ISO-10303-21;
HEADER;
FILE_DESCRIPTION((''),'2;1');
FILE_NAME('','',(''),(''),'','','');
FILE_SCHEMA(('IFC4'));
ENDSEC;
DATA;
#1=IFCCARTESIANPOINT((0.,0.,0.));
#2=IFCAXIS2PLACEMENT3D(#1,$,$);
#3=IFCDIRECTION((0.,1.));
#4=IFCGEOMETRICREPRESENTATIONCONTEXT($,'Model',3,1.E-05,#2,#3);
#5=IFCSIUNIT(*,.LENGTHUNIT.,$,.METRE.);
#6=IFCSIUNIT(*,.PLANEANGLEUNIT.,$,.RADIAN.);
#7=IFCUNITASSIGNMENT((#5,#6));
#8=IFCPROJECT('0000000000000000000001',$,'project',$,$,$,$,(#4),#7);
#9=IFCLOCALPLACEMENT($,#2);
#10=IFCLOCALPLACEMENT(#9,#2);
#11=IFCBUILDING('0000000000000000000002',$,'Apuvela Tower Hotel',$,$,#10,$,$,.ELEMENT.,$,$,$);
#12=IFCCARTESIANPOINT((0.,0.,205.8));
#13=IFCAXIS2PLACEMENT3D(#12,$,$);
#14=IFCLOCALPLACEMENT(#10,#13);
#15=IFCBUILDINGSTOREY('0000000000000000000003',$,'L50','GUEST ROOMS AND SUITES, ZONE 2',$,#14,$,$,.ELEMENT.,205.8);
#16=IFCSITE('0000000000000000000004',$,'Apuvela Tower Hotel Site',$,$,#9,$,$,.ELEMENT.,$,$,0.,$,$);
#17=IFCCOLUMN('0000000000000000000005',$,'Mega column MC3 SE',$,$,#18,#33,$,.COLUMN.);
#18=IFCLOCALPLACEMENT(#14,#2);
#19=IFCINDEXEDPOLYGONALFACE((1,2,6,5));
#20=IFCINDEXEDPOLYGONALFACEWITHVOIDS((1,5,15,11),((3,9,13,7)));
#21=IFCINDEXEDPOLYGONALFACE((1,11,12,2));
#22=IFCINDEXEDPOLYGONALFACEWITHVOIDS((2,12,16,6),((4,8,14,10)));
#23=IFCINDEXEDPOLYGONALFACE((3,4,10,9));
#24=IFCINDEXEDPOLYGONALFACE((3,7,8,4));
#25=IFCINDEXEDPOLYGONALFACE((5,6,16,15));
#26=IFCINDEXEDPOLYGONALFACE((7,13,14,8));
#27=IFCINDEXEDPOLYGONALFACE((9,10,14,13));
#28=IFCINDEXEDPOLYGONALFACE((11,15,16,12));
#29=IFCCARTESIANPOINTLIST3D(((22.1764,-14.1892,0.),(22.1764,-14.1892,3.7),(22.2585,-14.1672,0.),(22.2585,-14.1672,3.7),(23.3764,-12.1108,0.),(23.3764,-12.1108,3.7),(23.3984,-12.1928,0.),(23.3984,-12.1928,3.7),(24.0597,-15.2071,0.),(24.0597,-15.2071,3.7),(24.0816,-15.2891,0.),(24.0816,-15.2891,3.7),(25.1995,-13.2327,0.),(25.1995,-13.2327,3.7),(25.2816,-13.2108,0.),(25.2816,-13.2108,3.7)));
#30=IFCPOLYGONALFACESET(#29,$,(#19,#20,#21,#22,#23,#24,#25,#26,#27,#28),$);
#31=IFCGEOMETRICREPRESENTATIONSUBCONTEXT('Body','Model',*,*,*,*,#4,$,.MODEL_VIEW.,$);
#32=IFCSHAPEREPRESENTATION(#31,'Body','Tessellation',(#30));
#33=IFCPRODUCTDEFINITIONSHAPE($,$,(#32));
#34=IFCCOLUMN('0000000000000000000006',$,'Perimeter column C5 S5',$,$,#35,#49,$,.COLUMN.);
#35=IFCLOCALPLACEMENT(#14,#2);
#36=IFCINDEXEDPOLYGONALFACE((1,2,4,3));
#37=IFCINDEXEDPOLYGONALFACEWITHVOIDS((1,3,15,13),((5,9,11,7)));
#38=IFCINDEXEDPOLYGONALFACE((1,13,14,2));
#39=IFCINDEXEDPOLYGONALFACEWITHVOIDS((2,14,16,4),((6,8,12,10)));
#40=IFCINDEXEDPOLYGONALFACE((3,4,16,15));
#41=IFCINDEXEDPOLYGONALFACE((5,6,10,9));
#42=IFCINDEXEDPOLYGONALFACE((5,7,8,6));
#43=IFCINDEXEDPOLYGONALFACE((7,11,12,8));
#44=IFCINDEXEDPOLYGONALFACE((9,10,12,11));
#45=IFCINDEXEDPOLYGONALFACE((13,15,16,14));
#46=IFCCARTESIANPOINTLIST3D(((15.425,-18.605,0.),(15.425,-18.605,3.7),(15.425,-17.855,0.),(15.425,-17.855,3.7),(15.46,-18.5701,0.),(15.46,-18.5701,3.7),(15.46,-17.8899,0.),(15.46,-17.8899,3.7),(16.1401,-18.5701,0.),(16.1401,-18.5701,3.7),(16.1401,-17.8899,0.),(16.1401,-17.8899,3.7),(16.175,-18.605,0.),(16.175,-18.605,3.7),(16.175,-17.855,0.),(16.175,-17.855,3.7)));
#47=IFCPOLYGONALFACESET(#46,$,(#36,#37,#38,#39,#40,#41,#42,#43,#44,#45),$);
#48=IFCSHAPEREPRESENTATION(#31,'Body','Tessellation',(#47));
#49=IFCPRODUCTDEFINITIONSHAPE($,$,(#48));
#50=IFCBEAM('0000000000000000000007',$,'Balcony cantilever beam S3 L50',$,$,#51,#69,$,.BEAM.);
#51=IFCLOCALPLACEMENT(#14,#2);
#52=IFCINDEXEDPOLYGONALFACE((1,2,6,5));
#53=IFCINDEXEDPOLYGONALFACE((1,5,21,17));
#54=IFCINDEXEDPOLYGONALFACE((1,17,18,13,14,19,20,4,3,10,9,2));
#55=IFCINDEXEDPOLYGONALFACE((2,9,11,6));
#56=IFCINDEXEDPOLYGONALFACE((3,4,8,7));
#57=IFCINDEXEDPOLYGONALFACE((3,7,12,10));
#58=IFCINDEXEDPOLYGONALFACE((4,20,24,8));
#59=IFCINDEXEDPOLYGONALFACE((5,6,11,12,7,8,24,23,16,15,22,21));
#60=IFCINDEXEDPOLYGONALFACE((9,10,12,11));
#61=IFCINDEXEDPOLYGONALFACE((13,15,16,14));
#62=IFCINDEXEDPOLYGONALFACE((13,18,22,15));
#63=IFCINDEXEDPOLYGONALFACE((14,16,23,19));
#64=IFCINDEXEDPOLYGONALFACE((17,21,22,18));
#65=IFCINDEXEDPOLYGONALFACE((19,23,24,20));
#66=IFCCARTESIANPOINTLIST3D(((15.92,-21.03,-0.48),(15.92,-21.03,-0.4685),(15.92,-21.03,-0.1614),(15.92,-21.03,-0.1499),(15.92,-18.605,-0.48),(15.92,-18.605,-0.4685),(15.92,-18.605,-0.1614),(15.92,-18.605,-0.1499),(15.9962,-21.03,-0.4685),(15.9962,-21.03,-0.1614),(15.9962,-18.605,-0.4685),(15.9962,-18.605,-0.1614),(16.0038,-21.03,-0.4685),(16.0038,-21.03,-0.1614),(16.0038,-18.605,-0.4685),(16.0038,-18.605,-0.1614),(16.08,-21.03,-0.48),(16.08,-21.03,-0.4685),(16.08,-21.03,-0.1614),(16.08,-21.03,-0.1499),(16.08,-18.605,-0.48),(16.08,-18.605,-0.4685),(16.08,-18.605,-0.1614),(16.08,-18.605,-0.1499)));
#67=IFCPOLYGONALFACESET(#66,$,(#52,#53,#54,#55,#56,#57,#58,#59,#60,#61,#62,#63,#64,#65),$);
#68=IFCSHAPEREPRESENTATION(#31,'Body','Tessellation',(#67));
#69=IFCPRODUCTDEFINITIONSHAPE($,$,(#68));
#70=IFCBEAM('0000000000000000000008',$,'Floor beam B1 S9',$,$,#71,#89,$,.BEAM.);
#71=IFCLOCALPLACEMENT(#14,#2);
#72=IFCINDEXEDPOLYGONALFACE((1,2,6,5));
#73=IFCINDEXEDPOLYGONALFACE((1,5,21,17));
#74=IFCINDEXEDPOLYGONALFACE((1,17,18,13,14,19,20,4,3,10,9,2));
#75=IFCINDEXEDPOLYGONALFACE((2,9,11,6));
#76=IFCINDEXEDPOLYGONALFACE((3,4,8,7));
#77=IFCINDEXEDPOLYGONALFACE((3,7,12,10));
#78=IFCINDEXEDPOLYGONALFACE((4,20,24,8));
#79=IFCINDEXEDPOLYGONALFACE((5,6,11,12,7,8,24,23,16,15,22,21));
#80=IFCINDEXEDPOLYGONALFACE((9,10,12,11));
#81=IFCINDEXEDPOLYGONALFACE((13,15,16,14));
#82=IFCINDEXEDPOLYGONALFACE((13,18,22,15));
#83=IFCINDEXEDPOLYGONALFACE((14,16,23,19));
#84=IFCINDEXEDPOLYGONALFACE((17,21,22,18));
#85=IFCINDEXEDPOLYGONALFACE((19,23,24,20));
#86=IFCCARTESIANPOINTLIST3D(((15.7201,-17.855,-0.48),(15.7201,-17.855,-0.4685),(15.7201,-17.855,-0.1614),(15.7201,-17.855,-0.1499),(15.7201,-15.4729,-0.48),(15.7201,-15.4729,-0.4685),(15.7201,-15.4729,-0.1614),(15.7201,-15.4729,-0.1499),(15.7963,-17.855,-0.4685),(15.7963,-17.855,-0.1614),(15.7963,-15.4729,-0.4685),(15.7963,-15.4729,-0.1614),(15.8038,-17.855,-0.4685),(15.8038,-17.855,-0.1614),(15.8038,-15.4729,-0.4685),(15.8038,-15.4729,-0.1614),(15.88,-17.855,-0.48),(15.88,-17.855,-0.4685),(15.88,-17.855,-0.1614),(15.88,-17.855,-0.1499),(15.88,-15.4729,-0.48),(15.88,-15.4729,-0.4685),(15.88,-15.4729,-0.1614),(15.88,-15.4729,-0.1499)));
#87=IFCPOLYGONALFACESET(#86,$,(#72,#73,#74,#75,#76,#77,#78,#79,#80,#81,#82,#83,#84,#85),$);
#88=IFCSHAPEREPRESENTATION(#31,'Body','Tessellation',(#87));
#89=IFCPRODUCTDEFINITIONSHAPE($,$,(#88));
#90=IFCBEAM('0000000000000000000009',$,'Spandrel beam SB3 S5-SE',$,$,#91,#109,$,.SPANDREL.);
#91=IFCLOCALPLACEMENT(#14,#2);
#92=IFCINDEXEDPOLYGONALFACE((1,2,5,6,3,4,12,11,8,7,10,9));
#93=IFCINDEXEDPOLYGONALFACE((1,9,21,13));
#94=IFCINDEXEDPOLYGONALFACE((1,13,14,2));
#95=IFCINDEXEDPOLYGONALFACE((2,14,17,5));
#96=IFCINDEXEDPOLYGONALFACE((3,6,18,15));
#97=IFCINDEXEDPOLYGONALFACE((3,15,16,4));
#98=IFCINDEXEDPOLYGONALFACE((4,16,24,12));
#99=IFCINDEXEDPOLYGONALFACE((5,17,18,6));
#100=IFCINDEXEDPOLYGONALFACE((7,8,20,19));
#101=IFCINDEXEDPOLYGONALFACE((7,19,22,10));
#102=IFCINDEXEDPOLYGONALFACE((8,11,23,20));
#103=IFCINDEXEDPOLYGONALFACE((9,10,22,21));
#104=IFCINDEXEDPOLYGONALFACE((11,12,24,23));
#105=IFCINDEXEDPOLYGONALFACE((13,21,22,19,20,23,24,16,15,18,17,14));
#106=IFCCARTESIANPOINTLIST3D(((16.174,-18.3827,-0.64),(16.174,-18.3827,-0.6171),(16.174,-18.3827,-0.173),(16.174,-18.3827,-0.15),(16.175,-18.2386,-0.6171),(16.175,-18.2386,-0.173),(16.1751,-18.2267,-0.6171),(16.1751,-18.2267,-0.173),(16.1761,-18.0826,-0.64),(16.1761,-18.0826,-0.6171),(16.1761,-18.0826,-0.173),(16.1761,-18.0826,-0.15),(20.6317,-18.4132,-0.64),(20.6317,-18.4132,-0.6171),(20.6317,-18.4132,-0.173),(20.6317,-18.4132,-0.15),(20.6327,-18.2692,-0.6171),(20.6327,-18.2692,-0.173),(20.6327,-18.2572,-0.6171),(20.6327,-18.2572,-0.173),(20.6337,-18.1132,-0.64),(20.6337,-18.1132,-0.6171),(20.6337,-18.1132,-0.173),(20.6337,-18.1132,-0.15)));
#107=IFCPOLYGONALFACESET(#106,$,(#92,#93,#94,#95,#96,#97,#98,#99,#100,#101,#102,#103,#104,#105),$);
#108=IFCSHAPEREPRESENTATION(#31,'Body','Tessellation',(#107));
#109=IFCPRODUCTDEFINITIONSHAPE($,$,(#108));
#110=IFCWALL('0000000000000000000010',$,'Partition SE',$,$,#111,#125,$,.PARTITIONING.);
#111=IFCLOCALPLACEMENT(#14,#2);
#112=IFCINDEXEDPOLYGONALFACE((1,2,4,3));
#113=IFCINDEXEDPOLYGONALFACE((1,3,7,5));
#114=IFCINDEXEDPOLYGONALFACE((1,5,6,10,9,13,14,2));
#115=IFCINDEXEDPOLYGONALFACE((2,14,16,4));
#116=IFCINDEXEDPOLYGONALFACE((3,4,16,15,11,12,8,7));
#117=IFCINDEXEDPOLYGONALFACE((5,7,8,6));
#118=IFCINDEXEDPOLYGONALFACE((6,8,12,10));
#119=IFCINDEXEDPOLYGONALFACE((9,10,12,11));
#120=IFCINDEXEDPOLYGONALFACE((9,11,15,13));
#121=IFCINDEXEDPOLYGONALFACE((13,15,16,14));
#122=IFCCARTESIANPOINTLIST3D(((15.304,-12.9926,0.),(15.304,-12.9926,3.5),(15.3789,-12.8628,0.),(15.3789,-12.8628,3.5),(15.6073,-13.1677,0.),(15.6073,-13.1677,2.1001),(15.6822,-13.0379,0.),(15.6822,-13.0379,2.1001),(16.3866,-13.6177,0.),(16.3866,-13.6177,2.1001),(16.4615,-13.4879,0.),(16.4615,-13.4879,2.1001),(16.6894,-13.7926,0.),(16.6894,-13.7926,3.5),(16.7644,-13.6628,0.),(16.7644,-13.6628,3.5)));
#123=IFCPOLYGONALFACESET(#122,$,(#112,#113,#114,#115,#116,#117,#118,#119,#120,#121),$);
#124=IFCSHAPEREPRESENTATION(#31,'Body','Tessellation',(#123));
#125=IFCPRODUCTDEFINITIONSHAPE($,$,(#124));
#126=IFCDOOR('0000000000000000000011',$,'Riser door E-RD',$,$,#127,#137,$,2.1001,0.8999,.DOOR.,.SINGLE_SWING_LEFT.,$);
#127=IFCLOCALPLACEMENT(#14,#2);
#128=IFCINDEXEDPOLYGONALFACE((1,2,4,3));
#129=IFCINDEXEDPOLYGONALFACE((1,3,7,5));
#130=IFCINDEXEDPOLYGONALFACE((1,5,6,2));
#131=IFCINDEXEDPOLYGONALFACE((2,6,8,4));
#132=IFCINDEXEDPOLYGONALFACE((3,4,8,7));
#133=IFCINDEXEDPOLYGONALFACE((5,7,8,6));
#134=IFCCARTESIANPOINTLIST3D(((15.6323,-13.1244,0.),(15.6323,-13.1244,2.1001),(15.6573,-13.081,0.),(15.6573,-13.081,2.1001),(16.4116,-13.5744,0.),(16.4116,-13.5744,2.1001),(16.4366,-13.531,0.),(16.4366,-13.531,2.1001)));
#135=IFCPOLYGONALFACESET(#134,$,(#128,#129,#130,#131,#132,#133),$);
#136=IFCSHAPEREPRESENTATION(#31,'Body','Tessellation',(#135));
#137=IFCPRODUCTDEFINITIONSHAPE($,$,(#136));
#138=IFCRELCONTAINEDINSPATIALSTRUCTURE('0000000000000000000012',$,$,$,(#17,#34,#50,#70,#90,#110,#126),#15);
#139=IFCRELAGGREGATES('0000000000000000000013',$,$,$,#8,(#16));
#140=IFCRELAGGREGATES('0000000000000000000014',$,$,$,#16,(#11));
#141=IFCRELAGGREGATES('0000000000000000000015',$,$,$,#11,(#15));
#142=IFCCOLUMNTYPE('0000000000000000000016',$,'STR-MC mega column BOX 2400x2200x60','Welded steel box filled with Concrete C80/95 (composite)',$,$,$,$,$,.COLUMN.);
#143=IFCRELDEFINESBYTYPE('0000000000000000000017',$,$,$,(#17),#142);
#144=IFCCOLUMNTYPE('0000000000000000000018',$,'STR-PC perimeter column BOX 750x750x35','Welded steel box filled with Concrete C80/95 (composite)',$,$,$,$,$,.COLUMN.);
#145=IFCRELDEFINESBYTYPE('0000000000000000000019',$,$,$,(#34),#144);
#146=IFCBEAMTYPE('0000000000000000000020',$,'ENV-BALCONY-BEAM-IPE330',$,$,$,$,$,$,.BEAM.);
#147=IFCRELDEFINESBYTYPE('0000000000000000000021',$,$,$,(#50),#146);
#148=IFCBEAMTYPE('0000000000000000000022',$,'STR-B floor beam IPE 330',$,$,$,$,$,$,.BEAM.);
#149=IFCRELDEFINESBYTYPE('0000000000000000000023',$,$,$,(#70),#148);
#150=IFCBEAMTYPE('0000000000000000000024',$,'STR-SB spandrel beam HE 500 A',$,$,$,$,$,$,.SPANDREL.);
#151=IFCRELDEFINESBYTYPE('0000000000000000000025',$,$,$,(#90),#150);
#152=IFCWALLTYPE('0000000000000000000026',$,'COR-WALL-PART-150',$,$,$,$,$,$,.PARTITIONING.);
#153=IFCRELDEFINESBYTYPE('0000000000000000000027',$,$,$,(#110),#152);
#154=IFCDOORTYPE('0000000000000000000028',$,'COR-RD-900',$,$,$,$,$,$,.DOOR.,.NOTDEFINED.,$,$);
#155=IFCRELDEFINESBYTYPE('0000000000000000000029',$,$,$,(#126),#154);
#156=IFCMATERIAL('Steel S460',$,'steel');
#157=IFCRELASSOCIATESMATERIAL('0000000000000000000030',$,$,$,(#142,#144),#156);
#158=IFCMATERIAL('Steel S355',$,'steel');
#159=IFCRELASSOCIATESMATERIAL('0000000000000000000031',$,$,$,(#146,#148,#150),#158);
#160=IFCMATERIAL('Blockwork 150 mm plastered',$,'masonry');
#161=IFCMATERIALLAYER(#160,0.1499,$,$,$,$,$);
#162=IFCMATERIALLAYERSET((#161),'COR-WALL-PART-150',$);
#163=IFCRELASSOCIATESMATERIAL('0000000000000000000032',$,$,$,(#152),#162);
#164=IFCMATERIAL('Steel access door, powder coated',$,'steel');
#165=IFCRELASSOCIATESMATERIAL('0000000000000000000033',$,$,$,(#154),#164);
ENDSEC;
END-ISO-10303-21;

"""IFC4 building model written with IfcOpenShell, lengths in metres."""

from ifc_helpers import new_model, si_unit, direction, frame, frame_2d, origin, origin_2d, place, context, subcontext, project, spatial, rectangle, hollow_rectangle, i_section, extrude, material, layer, layer_set, material_profile, profile_set, type_object, element, fill, save


model = new_model("IFC4")

# Units and contexts
model_context = context("Model", 3, precision=1e-05, world=origin(), true_north=direction((0.0, 1.0)))
body_context = subcontext(model_context, "Body", "Model", "MODEL_VIEW")
ifc_project = project(units=[si_unit("LENGTHUNIT", "METRE"), si_unit("PLANEANGLEUNIT", "RADIAN")], contexts=[model_context])

# Site, building, storey
site_placement = place(None, origin())
site = spatial("IfcSite", under=ifc_project, at=site_placement, Name="Apuvela Tower Hotel Site", CompositionType="ELEMENT", RefElevation=0.0)
building_placement = place(site_placement, origin())
building = spatial("IfcBuilding", under=site, at=building_placement, Name="Apuvela Tower Hotel", CompositionType="ELEMENT")
storey_placement = place(building_placement, frame((0.0, 0.0, 205.8)))
storey = spatial("IfcBuildingStorey", under=building, at=storey_placement, Name="L50", Description="GUEST ROOMS AND SUITES, ZONE 2", CompositionType="ELEMENT", Elevation=205.8)

# Columns
ifc_material_1 = material(Name="Steel S460", Category="steel")
ifc_material_profile_1 = material_profile(ifc_material_1, hollow_rectangle(XDim=2.3999, YDim=2.2, WallThickness=0.0601, at=origin_2d()), Name="BOX 2400x2200x60")
ifc_material_2 = material(Name="Concrete C80/95", Category="concrete")
ifc_material_profile_2 = material_profile(ifc_material_2, rectangle(XDim=2.28, YDim=2.0801, at=origin_2d()), Name="Concrete C80/95 infill")
ifc_profile_set_1 = profile_set([ifc_material_profile_1, ifc_material_profile_2], Name="Steel S460")
column_type_1 = type_object("IfcColumnType", Name="STR-MC mega column BOX 2400x2200x60", Description="Welded steel box filled with Concrete C80/95 (composite)", PredefinedType="COLUMN", material=ifc_profile_set_1)
column_1_placement = place(storey_placement, frame((23.729, -13.7, 0.0), z_axis=(0.0, 0.0, 1.0), x_axis=(0.5, 0.866025, 0.0)))
element("IfcColumn", 1, at=column_1_placement, inside=storey, type_object=column_type_1, Name="Mega column MC3 SE", PredefinedType="COLUMN", context=body_context, shape_type="SweptSolid", body=[
    extrude(hollow_rectangle(XDim=2.3999, YDim=2.2, WallThickness=0.0601, at=origin_2d()), origin(), (0.0, 0.0, 1.0), 3.7),
])
ifc_material_profile_3 = material_profile(ifc_material_1, hollow_rectangle(XDim=0.75, YDim=0.75, WallThickness=0.0349, at=origin_2d()), Name="BOX 750x750x35")
ifc_material_profile_4 = material_profile(ifc_material_2, rectangle(XDim=0.6799, YDim=0.6799, at=origin_2d()), Name="Concrete C80/95 infill")
ifc_profile_set_2 = profile_set([ifc_material_profile_3, ifc_material_profile_4], Name="Steel S460")
column_type_2 = type_object("IfcColumnType", Name="STR-PC perimeter column BOX 750x750x35", Description="Welded steel box filled with Concrete C80/95 (composite)", PredefinedType="COLUMN", material=ifc_profile_set_2)
column_2_placement = place(storey_placement, frame((15.8, -18.23, 0.0), z_axis=(0.0, 0.0, 1.0), x_axis=(-1.0, 0.0, 0.0)))
element("IfcColumn", 2, at=column_2_placement, inside=storey, type_object=column_type_2, Name="Perimeter column C5 S5", PredefinedType="COLUMN", context=body_context, shape_type="SweptSolid", body=[
    extrude(hollow_rectangle(XDim=0.75, YDim=0.75, WallThickness=0.0349, at=origin_2d()), origin(), (0.0, 0.0, 1.0), 3.7),
])

# Beams
ifc_material_3 = material(Name="Steel S355", Category="steel")
ifc_material_profile_5 = material_profile(ifc_material_3, i_section(OverallWidth=0.1599, OverallDepth=0.3301, WebThickness=0.0076, FlangeThickness=0.0115, at=origin_2d()), Name="IPE 330")
ifc_profile_set_3 = profile_set([ifc_material_profile_5], Name="Steel S355")
beam_type_1 = type_object("IfcBeamType", Name="ENV-BALCONY-BEAM-IPE330", PredefinedType="BEAM", material=ifc_profile_set_3)
beam_1_placement = place(storey_placement, frame((16.0, -18.605, -0.3149), z_axis=(0.0, -1.0, 0.0), x_axis=(1.0, 0.0, 0.0)))
element("IfcBeam", 3, at=beam_1_placement, inside=storey, type_object=beam_type_1, Name="Balcony cantilever beam S3 L50", PredefinedType="BEAM", context=body_context, shape_type="SweptSolid", body=[
    extrude(i_section(OverallWidth=0.1599, OverallDepth=0.3301, WebThickness=0.0076, FlangeThickness=0.0115, at=origin_2d()), origin(), (0.0, 0.0, 1.0), 2.425),
])
ifc_material_profile_6 = material_profile(ifc_material_3, i_section(OverallWidth=0.1599, OverallDepth=0.3301, WebThickness=0.0076, FlangeThickness=0.0115, at=origin_2d()), Name="IPE 330")
ifc_profile_set_4 = profile_set([ifc_material_profile_6], Name="Steel S355")
beam_type_2 = type_object("IfcBeamType", Name="STR-B floor beam IPE 330", PredefinedType="BEAM", material=ifc_profile_set_4)
beam_2_placement = place(storey_placement, frame((15.8, -17.855, -0.3149), z_axis=(0.0, 1.0, 0.0), x_axis=(-1.0, 0.0, 0.0)))
element("IfcBeam", 4, at=beam_2_placement, inside=storey, type_object=beam_type_2, Name="Floor beam B1 S9", PredefinedType="BEAM", context=body_context, shape_type="SweptSolid", body=[
    extrude(i_section(OverallWidth=0.1599, OverallDepth=0.3301, WebThickness=0.0076, FlangeThickness=0.0115, at=origin_2d()), origin(), (0.0, 0.0, 1.0), 2.3821),
])
ifc_material_profile_7 = material_profile(ifc_material_3, i_section(OverallWidth=0.3, OverallDepth=0.49, WebThickness=0.012, FlangeThickness=0.0229, at=origin_2d()), Name="HE 500 A")
ifc_profile_set_5 = profile_set([ifc_material_profile_7], Name="Steel S355")
beam_type_3 = type_object("IfcBeamType", Name="STR-SB spandrel beam HE 500 A", PredefinedType="SPANDREL", material=ifc_profile_set_5)
beam_3_placement = place(storey_placement, frame((16.175, -18.2327, -0.395), z_axis=(0.999977, -0.006846, 0.0), x_axis=(0.006846, 0.999977, 0.0)))
element("IfcBeam", 5, at=beam_3_placement, inside=storey, type_object=beam_type_3, Name="Spandrel beam SB3 S5-SE", PredefinedType="SPANDREL", context=body_context, shape_type="SweptSolid", body=[
    extrude(i_section(OverallWidth=0.3, OverallDepth=0.49, WebThickness=0.012, FlangeThickness=0.0229, at=origin_2d()), origin(), (0.0, 0.0, 1.0), 4.4578),
])

# Wall, opening, door
ifc_material_4 = material(Name="Blockwork 150 mm plastered", Category="masonry")
ifc_layer_1 = layer(ifc_material_4, 0.1499)
ifc_layer_set_1 = layer_set([ifc_layer_1], Name="COR-WALL-PART-150")
wall_type_1 = type_object("IfcWallType", Name="COR-WALL-PART-150", PredefinedType="PARTITIONING", material=ifc_layer_set_1)
wall_1_placement = place(storey_placement, frame((15.3416, -12.9277, 0.0), z_axis=(0.0, 0.0, 1.0), x_axis=(0.86599, -0.500061, 0.0)))
wall_1 = element("IfcWall", 6, at=wall_1_placement, inside=storey, type_object=wall_type_1, Name="Partition SE", PredefinedType="PARTITIONING", context=body_context, shape_type="SweptSolid", body=[
    extrude(rectangle(XDim=1.5999, YDim=0.1499, at=frame_2d((0.7998, 0.0))), origin(), (0.0, 0.0, 1.0), 3.5),
])
opening_1_placement = place(wall_1_placement, frame((0.3501, 0.0, 0.0)))
opening_1 = element("IfcOpeningElement", 7, at=opening_1_placement, cuts=wall_1, PredefinedType="OPENING", context=body_context, shape_type="SweptSolid", body=[
    extrude(rectangle(XDim=0.8999, YDim=2.1001, at=frame_2d((0.45, 1.05))), frame((0.0, 0.085, 0.0), z_axis=(0.0, -1.0, 0.0), x_axis=(1.0, 0.0, 0.0)), (0.0, 0.0, 1.0), 0.1699),
])
ifc_material_5 = material(Name="Steel access door, powder coated", Category="steel")
door_type_1 = type_object("IfcDoorType", Name="COR-RD-900", OperationType="NOTDEFINED", PredefinedType="DOOR", material=ifc_material_5)
door_1_placement = place(opening_1_placement, frame((0.8999, 0.0, 0.0), z_axis=(0.0, 0.0, 1.0), x_axis=(-1.0, 0.0, 0.0)))
door_1 = element("IfcDoor", 8, at=door_1_placement, inside=storey, type_object=door_type_1, Name="Riser door E-RD", OperationType="SINGLE_SWING_LEFT", OverallHeight=2.1001, OverallWidth=0.8999, PredefinedType="DOOR", context=body_context, shape_type="SweptSolid", body=[
    extrude(rectangle(XDim=0.8999, YDim=2.1001, at=frame_2d((0.45, 1.05))), frame((0.0, 0.0249, 0.0), z_axis=(0.0, -1.0, 0.0), x_axis=(1.0, 0.0, 0.0)), (0.0, 0.0, 1.0), 0.05),
])
fill(opening_1, door_1)

save(model, "model.ifc")
